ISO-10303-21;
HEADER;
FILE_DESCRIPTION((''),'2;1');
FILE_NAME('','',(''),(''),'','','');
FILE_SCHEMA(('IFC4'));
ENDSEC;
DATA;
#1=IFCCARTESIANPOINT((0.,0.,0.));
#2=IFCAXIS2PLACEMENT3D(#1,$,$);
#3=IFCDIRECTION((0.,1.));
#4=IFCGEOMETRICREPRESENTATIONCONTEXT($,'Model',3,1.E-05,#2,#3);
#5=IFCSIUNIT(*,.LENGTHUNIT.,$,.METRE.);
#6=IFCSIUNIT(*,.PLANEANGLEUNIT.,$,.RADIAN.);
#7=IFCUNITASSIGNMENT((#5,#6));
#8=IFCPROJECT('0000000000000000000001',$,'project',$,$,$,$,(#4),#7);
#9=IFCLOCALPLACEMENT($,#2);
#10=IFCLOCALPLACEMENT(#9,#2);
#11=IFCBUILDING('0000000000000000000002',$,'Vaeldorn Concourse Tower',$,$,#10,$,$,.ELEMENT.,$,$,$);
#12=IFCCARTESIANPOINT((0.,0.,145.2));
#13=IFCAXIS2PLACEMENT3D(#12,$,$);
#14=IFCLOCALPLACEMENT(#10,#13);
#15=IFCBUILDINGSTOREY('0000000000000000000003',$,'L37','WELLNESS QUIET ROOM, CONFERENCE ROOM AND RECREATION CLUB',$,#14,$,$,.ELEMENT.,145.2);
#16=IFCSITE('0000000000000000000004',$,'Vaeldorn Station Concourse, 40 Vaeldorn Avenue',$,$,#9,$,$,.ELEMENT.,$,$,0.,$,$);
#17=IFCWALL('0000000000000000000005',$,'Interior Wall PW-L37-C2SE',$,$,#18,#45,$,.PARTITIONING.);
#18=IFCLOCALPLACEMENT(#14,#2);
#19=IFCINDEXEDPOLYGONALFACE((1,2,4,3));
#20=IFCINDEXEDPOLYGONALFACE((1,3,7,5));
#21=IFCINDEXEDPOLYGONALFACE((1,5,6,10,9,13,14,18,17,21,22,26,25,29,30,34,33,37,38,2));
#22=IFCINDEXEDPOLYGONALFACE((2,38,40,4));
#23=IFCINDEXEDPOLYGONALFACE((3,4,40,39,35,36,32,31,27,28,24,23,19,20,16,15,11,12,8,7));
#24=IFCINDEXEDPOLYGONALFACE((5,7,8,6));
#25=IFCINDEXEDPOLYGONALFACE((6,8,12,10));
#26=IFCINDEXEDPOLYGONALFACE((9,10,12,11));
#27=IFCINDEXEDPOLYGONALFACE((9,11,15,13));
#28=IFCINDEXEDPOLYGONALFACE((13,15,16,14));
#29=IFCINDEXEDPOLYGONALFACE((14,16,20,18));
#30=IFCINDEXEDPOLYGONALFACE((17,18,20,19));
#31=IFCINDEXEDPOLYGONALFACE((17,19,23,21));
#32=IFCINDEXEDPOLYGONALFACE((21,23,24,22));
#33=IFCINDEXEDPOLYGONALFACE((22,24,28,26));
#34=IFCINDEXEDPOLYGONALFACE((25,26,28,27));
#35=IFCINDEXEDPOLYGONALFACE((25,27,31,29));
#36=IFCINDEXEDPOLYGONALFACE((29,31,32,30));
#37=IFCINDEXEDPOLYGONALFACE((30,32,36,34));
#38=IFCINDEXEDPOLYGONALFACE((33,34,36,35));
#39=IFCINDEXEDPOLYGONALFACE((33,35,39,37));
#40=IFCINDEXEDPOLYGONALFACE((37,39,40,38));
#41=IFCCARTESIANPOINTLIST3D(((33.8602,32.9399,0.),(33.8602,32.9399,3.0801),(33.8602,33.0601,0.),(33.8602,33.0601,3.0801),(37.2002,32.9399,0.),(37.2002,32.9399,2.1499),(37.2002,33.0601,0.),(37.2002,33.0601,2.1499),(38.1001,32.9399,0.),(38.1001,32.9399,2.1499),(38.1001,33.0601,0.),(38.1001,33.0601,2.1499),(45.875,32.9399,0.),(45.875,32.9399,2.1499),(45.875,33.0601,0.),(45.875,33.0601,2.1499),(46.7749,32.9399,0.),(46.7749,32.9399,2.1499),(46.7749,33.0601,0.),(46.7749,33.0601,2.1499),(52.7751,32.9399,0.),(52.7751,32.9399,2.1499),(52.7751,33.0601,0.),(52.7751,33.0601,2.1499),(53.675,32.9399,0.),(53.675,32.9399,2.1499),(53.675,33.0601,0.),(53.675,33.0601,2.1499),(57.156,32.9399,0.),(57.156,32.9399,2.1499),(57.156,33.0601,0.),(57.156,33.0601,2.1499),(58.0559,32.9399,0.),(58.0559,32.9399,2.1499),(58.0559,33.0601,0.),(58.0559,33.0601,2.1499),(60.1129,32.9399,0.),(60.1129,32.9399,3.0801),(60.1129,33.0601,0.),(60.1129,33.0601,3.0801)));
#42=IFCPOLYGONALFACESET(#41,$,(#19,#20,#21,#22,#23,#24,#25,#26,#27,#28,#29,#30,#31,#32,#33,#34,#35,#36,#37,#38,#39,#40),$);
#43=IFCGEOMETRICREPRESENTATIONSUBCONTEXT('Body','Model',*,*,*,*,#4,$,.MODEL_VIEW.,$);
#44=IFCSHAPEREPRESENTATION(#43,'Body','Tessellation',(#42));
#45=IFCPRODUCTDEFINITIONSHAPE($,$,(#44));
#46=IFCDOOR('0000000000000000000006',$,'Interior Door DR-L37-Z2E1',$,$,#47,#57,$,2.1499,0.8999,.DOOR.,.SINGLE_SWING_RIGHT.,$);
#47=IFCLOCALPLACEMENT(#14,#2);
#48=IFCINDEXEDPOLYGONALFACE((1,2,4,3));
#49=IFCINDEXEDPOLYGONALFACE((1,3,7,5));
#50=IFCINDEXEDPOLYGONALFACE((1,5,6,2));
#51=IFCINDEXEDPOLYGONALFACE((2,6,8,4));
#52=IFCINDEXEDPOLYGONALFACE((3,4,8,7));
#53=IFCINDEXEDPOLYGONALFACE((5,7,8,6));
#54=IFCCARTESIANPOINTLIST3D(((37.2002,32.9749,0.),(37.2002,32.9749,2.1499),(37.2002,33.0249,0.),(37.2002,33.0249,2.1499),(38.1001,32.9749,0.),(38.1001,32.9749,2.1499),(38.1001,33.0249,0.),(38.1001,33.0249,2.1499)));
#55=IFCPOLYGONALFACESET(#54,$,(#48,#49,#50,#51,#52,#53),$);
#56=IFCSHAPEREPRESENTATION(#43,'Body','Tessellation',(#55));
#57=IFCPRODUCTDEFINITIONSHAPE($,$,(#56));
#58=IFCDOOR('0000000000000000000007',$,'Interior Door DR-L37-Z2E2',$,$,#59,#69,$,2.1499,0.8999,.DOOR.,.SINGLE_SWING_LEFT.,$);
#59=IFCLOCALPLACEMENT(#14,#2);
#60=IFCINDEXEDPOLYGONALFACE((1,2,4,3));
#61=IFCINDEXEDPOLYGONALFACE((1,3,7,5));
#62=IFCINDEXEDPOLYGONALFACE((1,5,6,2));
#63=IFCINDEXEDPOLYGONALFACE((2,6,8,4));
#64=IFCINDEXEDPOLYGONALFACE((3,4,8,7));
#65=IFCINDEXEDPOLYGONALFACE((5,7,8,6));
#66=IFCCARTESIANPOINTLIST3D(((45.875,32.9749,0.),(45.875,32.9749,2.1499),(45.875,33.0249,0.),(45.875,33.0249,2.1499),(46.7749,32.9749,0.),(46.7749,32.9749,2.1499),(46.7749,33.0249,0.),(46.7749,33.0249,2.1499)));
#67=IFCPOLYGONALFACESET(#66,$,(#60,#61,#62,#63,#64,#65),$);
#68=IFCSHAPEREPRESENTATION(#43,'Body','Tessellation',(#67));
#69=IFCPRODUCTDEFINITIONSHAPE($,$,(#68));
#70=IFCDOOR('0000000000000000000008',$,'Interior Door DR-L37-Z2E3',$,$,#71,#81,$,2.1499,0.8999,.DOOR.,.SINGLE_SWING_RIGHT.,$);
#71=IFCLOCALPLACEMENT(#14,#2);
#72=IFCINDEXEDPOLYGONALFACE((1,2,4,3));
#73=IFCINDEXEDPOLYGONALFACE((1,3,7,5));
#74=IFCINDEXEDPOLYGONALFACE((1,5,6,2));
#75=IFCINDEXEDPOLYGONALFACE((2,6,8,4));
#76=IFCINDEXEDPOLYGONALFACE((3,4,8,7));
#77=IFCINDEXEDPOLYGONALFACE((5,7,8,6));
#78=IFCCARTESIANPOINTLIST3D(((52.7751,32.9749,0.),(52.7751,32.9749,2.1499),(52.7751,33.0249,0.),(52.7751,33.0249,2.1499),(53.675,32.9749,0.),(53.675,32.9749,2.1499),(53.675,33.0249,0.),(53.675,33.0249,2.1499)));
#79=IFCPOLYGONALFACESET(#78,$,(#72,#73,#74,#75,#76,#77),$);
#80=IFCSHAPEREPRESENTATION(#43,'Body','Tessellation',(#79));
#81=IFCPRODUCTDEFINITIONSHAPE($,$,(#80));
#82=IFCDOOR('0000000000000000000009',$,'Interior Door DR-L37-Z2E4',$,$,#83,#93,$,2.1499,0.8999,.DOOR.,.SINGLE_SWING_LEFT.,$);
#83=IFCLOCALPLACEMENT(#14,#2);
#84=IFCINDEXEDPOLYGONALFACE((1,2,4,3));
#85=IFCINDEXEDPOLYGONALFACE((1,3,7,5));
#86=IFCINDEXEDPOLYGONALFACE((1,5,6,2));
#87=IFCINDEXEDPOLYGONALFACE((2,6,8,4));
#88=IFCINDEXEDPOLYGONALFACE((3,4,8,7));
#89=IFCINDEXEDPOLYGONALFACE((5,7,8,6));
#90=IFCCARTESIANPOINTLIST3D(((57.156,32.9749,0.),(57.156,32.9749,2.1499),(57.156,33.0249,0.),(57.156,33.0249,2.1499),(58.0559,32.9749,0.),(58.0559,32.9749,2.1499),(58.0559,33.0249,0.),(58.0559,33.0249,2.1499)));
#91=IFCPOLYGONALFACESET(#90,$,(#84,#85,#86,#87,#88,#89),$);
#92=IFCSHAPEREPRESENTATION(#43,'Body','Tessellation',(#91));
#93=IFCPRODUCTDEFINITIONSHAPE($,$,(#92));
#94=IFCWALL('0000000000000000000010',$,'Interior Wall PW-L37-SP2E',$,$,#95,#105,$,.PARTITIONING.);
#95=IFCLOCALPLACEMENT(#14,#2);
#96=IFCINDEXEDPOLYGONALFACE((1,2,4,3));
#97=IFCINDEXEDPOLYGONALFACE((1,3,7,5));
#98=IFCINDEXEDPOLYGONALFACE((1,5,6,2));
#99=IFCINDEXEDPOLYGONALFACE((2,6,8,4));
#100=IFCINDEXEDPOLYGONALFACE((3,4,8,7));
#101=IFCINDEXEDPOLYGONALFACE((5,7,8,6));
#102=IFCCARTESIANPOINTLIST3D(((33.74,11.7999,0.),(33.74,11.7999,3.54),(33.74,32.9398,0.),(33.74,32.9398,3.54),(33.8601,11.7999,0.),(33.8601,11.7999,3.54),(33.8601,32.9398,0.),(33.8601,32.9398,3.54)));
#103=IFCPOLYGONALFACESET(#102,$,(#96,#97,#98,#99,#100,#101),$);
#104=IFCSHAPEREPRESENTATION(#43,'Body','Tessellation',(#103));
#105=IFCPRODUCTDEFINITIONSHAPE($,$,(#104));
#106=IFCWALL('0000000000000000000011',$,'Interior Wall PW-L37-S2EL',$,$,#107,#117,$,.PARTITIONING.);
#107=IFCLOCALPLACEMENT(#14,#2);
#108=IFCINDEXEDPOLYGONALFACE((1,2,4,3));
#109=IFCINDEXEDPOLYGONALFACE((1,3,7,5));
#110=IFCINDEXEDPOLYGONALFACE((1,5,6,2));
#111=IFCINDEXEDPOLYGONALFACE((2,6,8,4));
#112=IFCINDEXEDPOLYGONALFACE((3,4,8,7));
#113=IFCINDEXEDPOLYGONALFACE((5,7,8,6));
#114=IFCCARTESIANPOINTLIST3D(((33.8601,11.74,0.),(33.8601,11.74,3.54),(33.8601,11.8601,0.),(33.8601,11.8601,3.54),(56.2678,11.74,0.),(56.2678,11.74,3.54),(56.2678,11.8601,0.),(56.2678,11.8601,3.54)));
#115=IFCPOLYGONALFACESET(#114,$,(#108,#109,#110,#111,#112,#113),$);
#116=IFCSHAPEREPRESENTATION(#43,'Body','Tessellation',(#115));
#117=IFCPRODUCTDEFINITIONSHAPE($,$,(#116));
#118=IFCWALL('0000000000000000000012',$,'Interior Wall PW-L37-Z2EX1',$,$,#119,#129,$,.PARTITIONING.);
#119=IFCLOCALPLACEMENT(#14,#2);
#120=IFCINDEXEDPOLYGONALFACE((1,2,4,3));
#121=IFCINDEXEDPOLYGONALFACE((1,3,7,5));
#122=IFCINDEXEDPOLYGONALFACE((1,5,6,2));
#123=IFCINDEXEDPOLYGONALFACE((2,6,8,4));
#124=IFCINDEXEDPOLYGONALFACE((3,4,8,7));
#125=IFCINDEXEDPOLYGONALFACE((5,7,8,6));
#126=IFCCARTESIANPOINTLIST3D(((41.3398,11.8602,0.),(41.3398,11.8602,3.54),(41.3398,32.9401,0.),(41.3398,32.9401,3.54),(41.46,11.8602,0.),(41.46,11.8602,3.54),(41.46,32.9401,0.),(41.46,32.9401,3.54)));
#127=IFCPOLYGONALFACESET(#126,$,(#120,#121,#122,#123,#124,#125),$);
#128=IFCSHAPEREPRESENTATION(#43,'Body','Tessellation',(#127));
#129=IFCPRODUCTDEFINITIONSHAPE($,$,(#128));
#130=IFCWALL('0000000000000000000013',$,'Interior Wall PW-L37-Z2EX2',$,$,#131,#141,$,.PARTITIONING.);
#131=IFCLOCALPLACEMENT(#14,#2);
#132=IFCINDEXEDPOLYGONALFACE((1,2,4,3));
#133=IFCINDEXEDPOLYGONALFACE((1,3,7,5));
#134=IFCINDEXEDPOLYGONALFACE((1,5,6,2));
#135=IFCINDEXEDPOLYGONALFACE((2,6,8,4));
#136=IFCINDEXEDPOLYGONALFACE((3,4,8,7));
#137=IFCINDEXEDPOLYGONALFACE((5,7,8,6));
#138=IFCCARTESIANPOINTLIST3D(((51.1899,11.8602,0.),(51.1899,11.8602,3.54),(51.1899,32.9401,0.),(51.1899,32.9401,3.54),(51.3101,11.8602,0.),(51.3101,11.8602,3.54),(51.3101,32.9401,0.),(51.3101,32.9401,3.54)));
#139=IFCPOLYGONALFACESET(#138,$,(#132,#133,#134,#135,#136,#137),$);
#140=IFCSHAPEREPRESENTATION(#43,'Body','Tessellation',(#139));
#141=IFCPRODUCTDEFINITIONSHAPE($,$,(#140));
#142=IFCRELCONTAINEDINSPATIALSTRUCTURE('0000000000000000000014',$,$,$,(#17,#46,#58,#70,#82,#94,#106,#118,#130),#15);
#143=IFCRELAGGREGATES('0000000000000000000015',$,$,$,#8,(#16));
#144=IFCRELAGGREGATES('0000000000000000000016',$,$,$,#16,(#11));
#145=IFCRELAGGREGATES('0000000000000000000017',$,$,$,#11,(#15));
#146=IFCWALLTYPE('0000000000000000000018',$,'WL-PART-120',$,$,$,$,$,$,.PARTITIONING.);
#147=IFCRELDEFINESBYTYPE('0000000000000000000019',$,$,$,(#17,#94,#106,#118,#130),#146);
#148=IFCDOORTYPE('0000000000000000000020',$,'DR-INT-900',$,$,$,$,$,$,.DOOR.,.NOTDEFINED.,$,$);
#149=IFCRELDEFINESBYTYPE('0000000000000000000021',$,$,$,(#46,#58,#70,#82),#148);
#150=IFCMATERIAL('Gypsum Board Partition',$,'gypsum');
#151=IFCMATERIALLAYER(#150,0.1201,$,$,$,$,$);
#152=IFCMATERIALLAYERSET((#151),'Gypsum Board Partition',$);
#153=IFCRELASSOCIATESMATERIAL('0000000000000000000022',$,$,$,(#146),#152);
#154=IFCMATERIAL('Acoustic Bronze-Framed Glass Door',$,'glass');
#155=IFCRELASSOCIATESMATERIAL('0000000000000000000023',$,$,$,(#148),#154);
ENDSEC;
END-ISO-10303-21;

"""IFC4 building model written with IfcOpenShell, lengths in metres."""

from ifc_helpers import new_model, si_unit, direction, frame, frame_2d, origin, place, context, subcontext, project, spatial, rectangle, extrude, source, transform, mapped, material, layer, layer_set, type_object, element, fill, save


model = new_model("IFC4")

# Units and contexts
model_context = context("Model", 3, precision=1e-05, world=origin(), true_north=direction((0.0, 1.0)))
body_context = subcontext(model_context, "Body", "Model", "MODEL_VIEW")
ifc_project = project(units=[si_unit("LENGTHUNIT", "METRE"), si_unit("PLANEANGLEUNIT", "RADIAN")], contexts=[model_context])

# Site, building, storey
site_placement = place(None, origin())
site = spatial("IfcSite", under=ifc_project, at=site_placement, Name="Vaeldorn Station Concourse, 40 Vaeldorn Avenue", CompositionType="ELEMENT", RefElevation=0.0)
building_placement = place(site_placement, origin())
building = spatial("IfcBuilding", under=site, at=building_placement, Name="Vaeldorn Concourse Tower", CompositionType="ELEMENT")
storey_placement = place(building_placement, frame((0.0, 0.0, 145.2)))
storey = spatial("IfcBuildingStorey", under=building, at=storey_placement, Name="L37", Description="WELLNESS QUIET ROOM, CONFERENCE ROOM AND RECREATION CLUB", CompositionType="ELEMENT", Elevation=145.2)

# Wall, openings, doors
ifc_material_1 = material(Name="Gypsum Board Partition", Category="gypsum")
ifc_layer_1 = layer(ifc_material_1, 0.1201)
ifc_layer_set_1 = layer_set([ifc_layer_1], Name="Gypsum Board Partition")
wall_type_1 = type_object("IfcWallType", Name="WL-PART-120", PredefinedType="PARTITIONING", material=ifc_layer_set_1)
wall_1_placement = place(storey_placement, frame((33.8601, 33.0, 0.0), z_axis=(0.0, 0.0, 1.0), x_axis=(1.0, 0.0, 0.0)))
wall_1 = element("IfcWall", 1, at=wall_1_placement, inside=storey, type_object=wall_type_1, Name="Interior Wall PW-L37-C2SE", PredefinedType="PARTITIONING", context=body_context, shape_type="SweptSolid", body=[
    extrude(rectangle(XDim=26.2527, YDim=0.1201, at=frame_2d((13.1265, 0.0))), origin(), (0.0, 0.0, 1.0), 3.0801),
])
opening_1_placement = place(wall_1_placement, frame((3.3401, 0.0, 0.0)))
opening_1 = element("IfcOpeningElement", 2, at=opening_1_placement, cuts=wall_1, PredefinedType="OPENING", context=body_context, shape_type="SweptSolid", body=[
    extrude(rectangle(XDim=0.8999, YDim=2.1499, at=frame_2d((0.45, 1.075))), frame((0.0, 0.0701, 0.0), z_axis=(0.0, -1.0, 0.0), x_axis=(1.0, 0.0, 0.0)), (0.0, 0.0, 1.0), 0.1401),
])
opening_2_placement = place(wall_1_placement, frame((12.0149, 0.0, 0.0)))
opening_2 = element("IfcOpeningElement", 3, at=opening_2_placement, cuts=wall_1, PredefinedType="OPENING", context=body_context, shape_type="SweptSolid", body=[
    extrude(rectangle(XDim=0.8999, YDim=2.1499, at=frame_2d((0.45, 1.075))), frame((0.0, 0.0701, 0.0), z_axis=(0.0, -1.0, 0.0), x_axis=(1.0, 0.0, 0.0)), (0.0, 0.0, 1.0), 0.1401),
])
opening_3_placement = place(wall_1_placement, frame((18.915, 0.0, 0.0)))
opening_3 = element("IfcOpeningElement", 4, at=opening_3_placement, cuts=wall_1, PredefinedType="OPENING", context=body_context, shape_type="SweptSolid", body=[
    extrude(rectangle(XDim=0.8999, YDim=2.1499, at=frame_2d((0.45, 1.075))), frame((0.0, 0.0701, 0.0), z_axis=(0.0, -1.0, 0.0), x_axis=(1.0, 0.0, 0.0)), (0.0, 0.0, 1.0), 0.1401),
])
opening_4_placement = place(wall_1_placement, frame((23.2959, 0.0, 0.0)))
opening_4 = element("IfcOpeningElement", 5, at=opening_4_placement, cuts=wall_1, PredefinedType="OPENING", context=body_context, shape_type="SweptSolid", body=[
    extrude(rectangle(XDim=0.8999, YDim=2.1499, at=frame_2d((0.45, 1.075))), frame((0.0, 0.0701, 0.0), z_axis=(0.0, -1.0, 0.0), x_axis=(1.0, 0.0, 0.0)), (0.0, 0.0, 1.0), 0.1401),
])
ifc_material_2 = material(Name="Acoustic Bronze-Framed Glass Door", Category="glass")
door_type = type_object("IfcDoorType", Name="DR-INT-900", OperationType="NOTDEFINED", PredefinedType="DOOR", material=ifc_material_2)
shared_shape_1 = source(origin(), body_context, "Body", "SweptSolid", [
    extrude(rectangle(XDim=0.8999, YDim=2.1499, at=frame_2d((0.45, 1.075))), frame((0.0, 0.0249, 0.0), z_axis=(0.0, -1.0, 0.0), x_axis=(1.0, 0.0, 0.0)), (0.0, 0.0, 1.0), 0.05),
])
door_1_placement = place(opening_1_placement, origin())
door_1 = element("IfcDoor", 6, at=door_1_placement, inside=storey, type_object=door_type, Name="Interior Door DR-L37-Z2E1", OperationType="SINGLE_SWING_RIGHT", OverallHeight=2.1499, OverallWidth=0.8999, PredefinedType="DOOR", context=body_context, shape_type="MappedRepresentation", body=[
    mapped(shared_shape_1, transform((0.0, 0.0, 0.0), scale=1.0)),
])
fill(opening_1, door_1)
door_2_placement = place(opening_2_placement, origin())
door_2 = element("IfcDoor", 7, at=door_2_placement, inside=storey, type_object=door_type, Name="Interior Door DR-L37-Z2E2", OperationType="SINGLE_SWING_LEFT", OverallHeight=2.1499, OverallWidth=0.8999, PredefinedType="DOOR", context=body_context, shape_type="MappedRepresentation", body=[
    mapped(shared_shape_1, transform((0.0, 0.0, 0.0), scale=1.0)),
])
fill(opening_2, door_2)
door_3_placement = place(opening_3_placement, origin())
door_3 = element("IfcDoor", 8, at=door_3_placement, inside=storey, type_object=door_type, Name="Interior Door DR-L37-Z2E3", OperationType="SINGLE_SWING_RIGHT", OverallHeight=2.1499, OverallWidth=0.8999, PredefinedType="DOOR", context=body_context, shape_type="MappedRepresentation", body=[
    mapped(shared_shape_1, transform((0.0, 0.0, 0.0), scale=1.0)),
])
fill(opening_3, door_3)
door_4_placement = place(opening_4_placement, origin())
door_4 = element("IfcDoor", 9, at=door_4_placement, inside=storey, type_object=door_type, Name="Interior Door DR-L37-Z2E4", OperationType="SINGLE_SWING_LEFT", OverallHeight=2.1499, OverallWidth=0.8999, PredefinedType="DOOR", context=body_context, shape_type="MappedRepresentation", body=[
    mapped(shared_shape_1, transform((0.0, 0.0, 0.0), scale=1.0)),
])
fill(opening_4, door_4)

# Walls
wall_2_placement = place(storey_placement, frame((33.8, 11.8, 0.0), z_axis=(0.0, 0.0, 1.0), x_axis=(0.0, 1.0, 0.0)))
element("IfcWall", 10, at=wall_2_placement, inside=storey, type_object=wall_type_1, Name="Interior Wall PW-L37-SP2E", PredefinedType="PARTITIONING", context=body_context, shape_type="SweptSolid", body=[
    extrude(rectangle(XDim=21.1399, YDim=0.1201, at=frame_2d((10.5698, 0.0))), origin(), (0.0, 0.0, 1.0), 3.54),
])
wall_3_placement = place(storey_placement, frame((33.8601, 11.8, 0.0), z_axis=(0.0, 0.0, 1.0), x_axis=(1.0, 0.0, 0.0)))
element("IfcWall", 11, at=wall_3_placement, inside=storey, type_object=wall_type_1, Name="Interior Wall PW-L37-S2EL", PredefinedType="PARTITIONING", context=body_context, shape_type="SweptSolid", body=[
    extrude(rectangle(XDim=22.4077, YDim=0.1201, at=frame_2d((11.2039, 0.0))), origin(), (0.0, 0.0, 1.0), 3.54),
])
for number, where, z_axis, x_axis, name in (
    (12, (41.3999, 11.8601, 0.0), (0.0, 0.0, 1.0), (0.0, 1.0, 0.0), "Interior Wall PW-L37-Z2EX1"),
    (13, (51.25, 11.8601, 0.0), (0.0, 0.0, 1.0), (0.0, 1.0, 0.0), "Interior Wall PW-L37-Z2EX2"),
):
    element("IfcWall", number, at=place(storey_placement, frame(where, z_axis=z_axis, x_axis=x_axis)), inside=storey, type_object=wall_type_1, Name=name, PredefinedType="PARTITIONING", context=body_context, shape_type="SweptSolid", body=[
        extrude(rectangle(XDim=21.0798, YDim=0.1201, at=frame_2d((10.54, 0.0))), origin(), (0.0, 0.0, 1.0), 3.54),
    ])

save(model, "model.ifc")
